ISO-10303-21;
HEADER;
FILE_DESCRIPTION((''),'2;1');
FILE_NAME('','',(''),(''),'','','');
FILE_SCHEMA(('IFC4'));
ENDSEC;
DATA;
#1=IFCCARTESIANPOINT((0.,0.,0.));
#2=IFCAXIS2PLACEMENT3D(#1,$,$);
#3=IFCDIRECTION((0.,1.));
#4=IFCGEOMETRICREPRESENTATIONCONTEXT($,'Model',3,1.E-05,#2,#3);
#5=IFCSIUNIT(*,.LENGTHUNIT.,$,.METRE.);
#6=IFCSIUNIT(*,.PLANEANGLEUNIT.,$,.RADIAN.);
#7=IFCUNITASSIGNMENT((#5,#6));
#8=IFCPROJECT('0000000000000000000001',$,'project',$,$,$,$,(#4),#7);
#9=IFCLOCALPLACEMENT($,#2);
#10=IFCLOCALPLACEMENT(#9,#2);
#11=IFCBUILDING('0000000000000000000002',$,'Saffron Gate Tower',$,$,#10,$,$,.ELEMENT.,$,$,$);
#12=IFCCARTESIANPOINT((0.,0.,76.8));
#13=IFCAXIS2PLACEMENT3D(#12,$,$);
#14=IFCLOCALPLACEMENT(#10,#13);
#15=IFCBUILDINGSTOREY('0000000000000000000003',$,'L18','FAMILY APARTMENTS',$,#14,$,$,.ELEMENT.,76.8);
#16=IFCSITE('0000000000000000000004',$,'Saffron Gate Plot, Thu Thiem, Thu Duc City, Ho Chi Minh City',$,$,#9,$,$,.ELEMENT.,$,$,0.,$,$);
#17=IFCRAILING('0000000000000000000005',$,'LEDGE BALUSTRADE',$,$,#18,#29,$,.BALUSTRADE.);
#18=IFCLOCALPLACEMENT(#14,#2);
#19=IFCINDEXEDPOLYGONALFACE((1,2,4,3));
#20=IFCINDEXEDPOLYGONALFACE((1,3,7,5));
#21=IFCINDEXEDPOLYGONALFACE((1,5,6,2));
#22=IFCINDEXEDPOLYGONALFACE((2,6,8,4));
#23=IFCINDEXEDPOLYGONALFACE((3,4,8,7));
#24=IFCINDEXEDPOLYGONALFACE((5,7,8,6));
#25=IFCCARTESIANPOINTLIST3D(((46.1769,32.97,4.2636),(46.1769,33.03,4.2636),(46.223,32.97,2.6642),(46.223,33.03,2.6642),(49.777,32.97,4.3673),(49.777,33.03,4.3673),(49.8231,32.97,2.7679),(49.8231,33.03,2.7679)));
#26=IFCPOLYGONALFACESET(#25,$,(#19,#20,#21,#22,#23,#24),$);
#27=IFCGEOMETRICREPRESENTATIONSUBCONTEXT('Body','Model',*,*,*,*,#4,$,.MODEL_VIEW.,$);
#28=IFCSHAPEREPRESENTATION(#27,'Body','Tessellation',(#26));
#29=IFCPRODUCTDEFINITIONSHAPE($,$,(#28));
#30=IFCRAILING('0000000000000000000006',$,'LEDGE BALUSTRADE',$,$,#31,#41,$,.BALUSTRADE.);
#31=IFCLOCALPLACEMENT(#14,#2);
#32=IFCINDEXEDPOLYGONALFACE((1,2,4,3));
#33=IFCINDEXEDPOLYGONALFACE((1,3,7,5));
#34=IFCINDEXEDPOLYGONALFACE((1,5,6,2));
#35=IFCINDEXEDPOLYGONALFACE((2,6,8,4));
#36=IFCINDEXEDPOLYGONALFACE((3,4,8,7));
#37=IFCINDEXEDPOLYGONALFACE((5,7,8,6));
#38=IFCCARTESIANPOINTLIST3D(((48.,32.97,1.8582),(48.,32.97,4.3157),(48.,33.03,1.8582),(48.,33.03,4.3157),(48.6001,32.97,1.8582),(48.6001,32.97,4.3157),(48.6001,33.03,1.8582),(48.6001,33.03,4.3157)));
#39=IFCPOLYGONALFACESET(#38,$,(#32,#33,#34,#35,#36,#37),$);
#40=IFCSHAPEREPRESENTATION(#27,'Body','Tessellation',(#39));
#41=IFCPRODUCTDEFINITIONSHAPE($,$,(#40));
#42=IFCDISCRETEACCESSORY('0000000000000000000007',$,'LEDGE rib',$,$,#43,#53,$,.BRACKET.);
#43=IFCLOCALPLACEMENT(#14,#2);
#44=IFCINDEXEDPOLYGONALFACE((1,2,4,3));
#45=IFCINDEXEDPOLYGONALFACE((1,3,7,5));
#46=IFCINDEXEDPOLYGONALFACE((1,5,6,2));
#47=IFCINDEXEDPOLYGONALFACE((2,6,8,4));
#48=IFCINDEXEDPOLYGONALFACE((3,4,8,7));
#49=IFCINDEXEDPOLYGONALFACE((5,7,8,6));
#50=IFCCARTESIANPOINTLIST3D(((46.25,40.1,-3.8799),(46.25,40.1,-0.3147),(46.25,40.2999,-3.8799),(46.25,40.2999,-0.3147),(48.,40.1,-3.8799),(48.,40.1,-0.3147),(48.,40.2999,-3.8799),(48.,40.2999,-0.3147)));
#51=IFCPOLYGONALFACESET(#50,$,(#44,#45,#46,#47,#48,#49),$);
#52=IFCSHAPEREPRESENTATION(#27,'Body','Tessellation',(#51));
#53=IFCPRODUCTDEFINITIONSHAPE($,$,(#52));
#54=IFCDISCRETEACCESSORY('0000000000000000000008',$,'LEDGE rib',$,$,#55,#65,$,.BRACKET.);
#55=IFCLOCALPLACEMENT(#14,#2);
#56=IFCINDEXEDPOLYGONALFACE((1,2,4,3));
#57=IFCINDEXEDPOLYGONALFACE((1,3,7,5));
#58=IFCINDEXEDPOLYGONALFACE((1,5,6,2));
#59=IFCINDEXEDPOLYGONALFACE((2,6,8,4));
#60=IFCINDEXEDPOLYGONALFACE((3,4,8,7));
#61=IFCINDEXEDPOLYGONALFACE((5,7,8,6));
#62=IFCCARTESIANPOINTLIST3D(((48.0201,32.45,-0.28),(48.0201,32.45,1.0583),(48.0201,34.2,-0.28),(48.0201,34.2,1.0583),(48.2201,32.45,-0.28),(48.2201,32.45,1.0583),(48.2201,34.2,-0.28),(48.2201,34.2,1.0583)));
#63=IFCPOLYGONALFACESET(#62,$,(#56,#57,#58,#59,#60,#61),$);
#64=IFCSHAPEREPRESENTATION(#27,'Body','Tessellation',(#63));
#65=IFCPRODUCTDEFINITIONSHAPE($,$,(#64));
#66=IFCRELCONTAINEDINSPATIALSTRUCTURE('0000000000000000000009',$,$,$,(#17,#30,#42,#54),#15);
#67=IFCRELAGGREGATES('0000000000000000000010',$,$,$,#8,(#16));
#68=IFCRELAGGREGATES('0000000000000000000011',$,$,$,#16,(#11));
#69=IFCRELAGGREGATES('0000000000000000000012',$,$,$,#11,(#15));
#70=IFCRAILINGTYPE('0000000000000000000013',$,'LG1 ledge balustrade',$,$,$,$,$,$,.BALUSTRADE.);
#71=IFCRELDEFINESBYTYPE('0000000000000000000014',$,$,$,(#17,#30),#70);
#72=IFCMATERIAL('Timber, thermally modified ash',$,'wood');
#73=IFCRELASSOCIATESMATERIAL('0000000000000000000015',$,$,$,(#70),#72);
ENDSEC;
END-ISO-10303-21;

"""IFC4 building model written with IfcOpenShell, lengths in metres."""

from ifc_helpers import new_model, si_unit, direction, frame, origin, origin_2d, place, context, subcontext, project, spatial, rectangle, extrude, material, type_object, element, save


model = new_model("IFC4")

# Units and contexts
model_context = context("Model", 3, precision=1e-05, world=origin(), true_north=direction((0.0, 1.0)))
body_context = subcontext(model_context, "Body", "Model", "MODEL_VIEW")
ifc_project = project(units=[si_unit("LENGTHUNIT", "METRE"), si_unit("PLANEANGLEUNIT", "RADIAN")], contexts=[model_context])

# Site, building, storey
site_placement = place(None, origin())
site = spatial("IfcSite", under=ifc_project, at=site_placement, Name="Saffron Gate Plot, Thu Thiem, Thu Duc City, Ho Chi Minh City", CompositionType="ELEMENT", RefElevation=0.0)
building_placement = place(site_placement, origin())
building = spatial("IfcBuilding", under=site, at=building_placement, Name="Saffron Gate Tower", CompositionType="ELEMENT")
storey_placement = place(building_placement, frame((0.0, 0.0, 76.8)))
storey = spatial("IfcBuildingStorey", under=building, at=storey_placement, Name="L18", Description="FAMILY APARTMENTS", CompositionType="ELEMENT", Elevation=76.8)

# Shared definitions
ifc_material_1 = material(Name="Timber, thermally modified ash", Category="wood")

# Railings
railing_type = type_object("IfcRailingType", Name="LG1 ledge balustrade", PredefinedType="BALUSTRADE", material=ifc_material_1)
railing_1_placement = place(storey_placement, frame((46.2, 33.0, 2.6638)))
element("IfcRailing", 1, at=railing_1_placement, inside=storey, type_object=railing_type, Name="LEDGE BALUSTRADE", PredefinedType="BALUSTRADE", context=body_context, shape_type="SweptSolid", body=[
    extrude(rectangle(XDim=0.0601, YDim=1.6001, at=origin_2d()), frame((0.0, 0.0, 0.8), z_axis=(0.999585, 0.0, 0.028809), x_axis=(0.0, 1.0, 0.0)), (0.0, 0.0, 1.0), 3.6016),
])
railing_2_placement = place(storey_placement, frame((48.0, 33.0, 1.8582)))
element("IfcRailing", 2, at=railing_2_placement, inside=storey, type_object=railing_type, Name="LEDGE BALUSTRADE", PredefinedType="BALUSTRADE", context=body_context, shape_type="SweptSolid", body=[
    extrude(rectangle(XDim=0.0601, YDim=2.4575, at=origin_2d()), frame((0.0, 0.0, 1.2288), z_axis=(1.0, 0.0, 0.0), x_axis=(0.0, 1.0, 0.0)), (0.0, 0.0, 1.0), 0.6001),
])

# Discrete accessories
discrete_accessory_1_placement = place(storey_placement, frame((47.125, 40.2, -3.8799), z_axis=(0.0, 0.0, 1.0), x_axis=(0.0, -1.0, 0.0)))
element("IfcDiscreteAccessory", 3, at=discrete_accessory_1_placement, inside=storey, Name="LEDGE rib", PredefinedType="BRACKET", context=body_context, shape_type="SweptSolid", body=[
    extrude(rectangle(XDim=0.2, YDim=1.75, at=origin_2d()), origin(), (0.0, 0.0, 1.0), 3.5652),
])
discrete_accessory_2_placement = place(storey_placement, frame((48.1201, 33.325, -0.28), z_axis=(0.0, 0.0, 1.0), x_axis=(1.0, 0.0, 0.0)))
element("IfcDiscreteAccessory", 4, at=discrete_accessory_2_placement, inside=storey, Name="LEDGE rib", PredefinedType="BRACKET", context=body_context, shape_type="SweptSolid", body=[
    extrude(rectangle(XDim=0.2, YDim=1.75, at=origin_2d()), origin(), (0.0, 0.0, 1.0), 1.3384),
])

save(model, "model.ifc")
